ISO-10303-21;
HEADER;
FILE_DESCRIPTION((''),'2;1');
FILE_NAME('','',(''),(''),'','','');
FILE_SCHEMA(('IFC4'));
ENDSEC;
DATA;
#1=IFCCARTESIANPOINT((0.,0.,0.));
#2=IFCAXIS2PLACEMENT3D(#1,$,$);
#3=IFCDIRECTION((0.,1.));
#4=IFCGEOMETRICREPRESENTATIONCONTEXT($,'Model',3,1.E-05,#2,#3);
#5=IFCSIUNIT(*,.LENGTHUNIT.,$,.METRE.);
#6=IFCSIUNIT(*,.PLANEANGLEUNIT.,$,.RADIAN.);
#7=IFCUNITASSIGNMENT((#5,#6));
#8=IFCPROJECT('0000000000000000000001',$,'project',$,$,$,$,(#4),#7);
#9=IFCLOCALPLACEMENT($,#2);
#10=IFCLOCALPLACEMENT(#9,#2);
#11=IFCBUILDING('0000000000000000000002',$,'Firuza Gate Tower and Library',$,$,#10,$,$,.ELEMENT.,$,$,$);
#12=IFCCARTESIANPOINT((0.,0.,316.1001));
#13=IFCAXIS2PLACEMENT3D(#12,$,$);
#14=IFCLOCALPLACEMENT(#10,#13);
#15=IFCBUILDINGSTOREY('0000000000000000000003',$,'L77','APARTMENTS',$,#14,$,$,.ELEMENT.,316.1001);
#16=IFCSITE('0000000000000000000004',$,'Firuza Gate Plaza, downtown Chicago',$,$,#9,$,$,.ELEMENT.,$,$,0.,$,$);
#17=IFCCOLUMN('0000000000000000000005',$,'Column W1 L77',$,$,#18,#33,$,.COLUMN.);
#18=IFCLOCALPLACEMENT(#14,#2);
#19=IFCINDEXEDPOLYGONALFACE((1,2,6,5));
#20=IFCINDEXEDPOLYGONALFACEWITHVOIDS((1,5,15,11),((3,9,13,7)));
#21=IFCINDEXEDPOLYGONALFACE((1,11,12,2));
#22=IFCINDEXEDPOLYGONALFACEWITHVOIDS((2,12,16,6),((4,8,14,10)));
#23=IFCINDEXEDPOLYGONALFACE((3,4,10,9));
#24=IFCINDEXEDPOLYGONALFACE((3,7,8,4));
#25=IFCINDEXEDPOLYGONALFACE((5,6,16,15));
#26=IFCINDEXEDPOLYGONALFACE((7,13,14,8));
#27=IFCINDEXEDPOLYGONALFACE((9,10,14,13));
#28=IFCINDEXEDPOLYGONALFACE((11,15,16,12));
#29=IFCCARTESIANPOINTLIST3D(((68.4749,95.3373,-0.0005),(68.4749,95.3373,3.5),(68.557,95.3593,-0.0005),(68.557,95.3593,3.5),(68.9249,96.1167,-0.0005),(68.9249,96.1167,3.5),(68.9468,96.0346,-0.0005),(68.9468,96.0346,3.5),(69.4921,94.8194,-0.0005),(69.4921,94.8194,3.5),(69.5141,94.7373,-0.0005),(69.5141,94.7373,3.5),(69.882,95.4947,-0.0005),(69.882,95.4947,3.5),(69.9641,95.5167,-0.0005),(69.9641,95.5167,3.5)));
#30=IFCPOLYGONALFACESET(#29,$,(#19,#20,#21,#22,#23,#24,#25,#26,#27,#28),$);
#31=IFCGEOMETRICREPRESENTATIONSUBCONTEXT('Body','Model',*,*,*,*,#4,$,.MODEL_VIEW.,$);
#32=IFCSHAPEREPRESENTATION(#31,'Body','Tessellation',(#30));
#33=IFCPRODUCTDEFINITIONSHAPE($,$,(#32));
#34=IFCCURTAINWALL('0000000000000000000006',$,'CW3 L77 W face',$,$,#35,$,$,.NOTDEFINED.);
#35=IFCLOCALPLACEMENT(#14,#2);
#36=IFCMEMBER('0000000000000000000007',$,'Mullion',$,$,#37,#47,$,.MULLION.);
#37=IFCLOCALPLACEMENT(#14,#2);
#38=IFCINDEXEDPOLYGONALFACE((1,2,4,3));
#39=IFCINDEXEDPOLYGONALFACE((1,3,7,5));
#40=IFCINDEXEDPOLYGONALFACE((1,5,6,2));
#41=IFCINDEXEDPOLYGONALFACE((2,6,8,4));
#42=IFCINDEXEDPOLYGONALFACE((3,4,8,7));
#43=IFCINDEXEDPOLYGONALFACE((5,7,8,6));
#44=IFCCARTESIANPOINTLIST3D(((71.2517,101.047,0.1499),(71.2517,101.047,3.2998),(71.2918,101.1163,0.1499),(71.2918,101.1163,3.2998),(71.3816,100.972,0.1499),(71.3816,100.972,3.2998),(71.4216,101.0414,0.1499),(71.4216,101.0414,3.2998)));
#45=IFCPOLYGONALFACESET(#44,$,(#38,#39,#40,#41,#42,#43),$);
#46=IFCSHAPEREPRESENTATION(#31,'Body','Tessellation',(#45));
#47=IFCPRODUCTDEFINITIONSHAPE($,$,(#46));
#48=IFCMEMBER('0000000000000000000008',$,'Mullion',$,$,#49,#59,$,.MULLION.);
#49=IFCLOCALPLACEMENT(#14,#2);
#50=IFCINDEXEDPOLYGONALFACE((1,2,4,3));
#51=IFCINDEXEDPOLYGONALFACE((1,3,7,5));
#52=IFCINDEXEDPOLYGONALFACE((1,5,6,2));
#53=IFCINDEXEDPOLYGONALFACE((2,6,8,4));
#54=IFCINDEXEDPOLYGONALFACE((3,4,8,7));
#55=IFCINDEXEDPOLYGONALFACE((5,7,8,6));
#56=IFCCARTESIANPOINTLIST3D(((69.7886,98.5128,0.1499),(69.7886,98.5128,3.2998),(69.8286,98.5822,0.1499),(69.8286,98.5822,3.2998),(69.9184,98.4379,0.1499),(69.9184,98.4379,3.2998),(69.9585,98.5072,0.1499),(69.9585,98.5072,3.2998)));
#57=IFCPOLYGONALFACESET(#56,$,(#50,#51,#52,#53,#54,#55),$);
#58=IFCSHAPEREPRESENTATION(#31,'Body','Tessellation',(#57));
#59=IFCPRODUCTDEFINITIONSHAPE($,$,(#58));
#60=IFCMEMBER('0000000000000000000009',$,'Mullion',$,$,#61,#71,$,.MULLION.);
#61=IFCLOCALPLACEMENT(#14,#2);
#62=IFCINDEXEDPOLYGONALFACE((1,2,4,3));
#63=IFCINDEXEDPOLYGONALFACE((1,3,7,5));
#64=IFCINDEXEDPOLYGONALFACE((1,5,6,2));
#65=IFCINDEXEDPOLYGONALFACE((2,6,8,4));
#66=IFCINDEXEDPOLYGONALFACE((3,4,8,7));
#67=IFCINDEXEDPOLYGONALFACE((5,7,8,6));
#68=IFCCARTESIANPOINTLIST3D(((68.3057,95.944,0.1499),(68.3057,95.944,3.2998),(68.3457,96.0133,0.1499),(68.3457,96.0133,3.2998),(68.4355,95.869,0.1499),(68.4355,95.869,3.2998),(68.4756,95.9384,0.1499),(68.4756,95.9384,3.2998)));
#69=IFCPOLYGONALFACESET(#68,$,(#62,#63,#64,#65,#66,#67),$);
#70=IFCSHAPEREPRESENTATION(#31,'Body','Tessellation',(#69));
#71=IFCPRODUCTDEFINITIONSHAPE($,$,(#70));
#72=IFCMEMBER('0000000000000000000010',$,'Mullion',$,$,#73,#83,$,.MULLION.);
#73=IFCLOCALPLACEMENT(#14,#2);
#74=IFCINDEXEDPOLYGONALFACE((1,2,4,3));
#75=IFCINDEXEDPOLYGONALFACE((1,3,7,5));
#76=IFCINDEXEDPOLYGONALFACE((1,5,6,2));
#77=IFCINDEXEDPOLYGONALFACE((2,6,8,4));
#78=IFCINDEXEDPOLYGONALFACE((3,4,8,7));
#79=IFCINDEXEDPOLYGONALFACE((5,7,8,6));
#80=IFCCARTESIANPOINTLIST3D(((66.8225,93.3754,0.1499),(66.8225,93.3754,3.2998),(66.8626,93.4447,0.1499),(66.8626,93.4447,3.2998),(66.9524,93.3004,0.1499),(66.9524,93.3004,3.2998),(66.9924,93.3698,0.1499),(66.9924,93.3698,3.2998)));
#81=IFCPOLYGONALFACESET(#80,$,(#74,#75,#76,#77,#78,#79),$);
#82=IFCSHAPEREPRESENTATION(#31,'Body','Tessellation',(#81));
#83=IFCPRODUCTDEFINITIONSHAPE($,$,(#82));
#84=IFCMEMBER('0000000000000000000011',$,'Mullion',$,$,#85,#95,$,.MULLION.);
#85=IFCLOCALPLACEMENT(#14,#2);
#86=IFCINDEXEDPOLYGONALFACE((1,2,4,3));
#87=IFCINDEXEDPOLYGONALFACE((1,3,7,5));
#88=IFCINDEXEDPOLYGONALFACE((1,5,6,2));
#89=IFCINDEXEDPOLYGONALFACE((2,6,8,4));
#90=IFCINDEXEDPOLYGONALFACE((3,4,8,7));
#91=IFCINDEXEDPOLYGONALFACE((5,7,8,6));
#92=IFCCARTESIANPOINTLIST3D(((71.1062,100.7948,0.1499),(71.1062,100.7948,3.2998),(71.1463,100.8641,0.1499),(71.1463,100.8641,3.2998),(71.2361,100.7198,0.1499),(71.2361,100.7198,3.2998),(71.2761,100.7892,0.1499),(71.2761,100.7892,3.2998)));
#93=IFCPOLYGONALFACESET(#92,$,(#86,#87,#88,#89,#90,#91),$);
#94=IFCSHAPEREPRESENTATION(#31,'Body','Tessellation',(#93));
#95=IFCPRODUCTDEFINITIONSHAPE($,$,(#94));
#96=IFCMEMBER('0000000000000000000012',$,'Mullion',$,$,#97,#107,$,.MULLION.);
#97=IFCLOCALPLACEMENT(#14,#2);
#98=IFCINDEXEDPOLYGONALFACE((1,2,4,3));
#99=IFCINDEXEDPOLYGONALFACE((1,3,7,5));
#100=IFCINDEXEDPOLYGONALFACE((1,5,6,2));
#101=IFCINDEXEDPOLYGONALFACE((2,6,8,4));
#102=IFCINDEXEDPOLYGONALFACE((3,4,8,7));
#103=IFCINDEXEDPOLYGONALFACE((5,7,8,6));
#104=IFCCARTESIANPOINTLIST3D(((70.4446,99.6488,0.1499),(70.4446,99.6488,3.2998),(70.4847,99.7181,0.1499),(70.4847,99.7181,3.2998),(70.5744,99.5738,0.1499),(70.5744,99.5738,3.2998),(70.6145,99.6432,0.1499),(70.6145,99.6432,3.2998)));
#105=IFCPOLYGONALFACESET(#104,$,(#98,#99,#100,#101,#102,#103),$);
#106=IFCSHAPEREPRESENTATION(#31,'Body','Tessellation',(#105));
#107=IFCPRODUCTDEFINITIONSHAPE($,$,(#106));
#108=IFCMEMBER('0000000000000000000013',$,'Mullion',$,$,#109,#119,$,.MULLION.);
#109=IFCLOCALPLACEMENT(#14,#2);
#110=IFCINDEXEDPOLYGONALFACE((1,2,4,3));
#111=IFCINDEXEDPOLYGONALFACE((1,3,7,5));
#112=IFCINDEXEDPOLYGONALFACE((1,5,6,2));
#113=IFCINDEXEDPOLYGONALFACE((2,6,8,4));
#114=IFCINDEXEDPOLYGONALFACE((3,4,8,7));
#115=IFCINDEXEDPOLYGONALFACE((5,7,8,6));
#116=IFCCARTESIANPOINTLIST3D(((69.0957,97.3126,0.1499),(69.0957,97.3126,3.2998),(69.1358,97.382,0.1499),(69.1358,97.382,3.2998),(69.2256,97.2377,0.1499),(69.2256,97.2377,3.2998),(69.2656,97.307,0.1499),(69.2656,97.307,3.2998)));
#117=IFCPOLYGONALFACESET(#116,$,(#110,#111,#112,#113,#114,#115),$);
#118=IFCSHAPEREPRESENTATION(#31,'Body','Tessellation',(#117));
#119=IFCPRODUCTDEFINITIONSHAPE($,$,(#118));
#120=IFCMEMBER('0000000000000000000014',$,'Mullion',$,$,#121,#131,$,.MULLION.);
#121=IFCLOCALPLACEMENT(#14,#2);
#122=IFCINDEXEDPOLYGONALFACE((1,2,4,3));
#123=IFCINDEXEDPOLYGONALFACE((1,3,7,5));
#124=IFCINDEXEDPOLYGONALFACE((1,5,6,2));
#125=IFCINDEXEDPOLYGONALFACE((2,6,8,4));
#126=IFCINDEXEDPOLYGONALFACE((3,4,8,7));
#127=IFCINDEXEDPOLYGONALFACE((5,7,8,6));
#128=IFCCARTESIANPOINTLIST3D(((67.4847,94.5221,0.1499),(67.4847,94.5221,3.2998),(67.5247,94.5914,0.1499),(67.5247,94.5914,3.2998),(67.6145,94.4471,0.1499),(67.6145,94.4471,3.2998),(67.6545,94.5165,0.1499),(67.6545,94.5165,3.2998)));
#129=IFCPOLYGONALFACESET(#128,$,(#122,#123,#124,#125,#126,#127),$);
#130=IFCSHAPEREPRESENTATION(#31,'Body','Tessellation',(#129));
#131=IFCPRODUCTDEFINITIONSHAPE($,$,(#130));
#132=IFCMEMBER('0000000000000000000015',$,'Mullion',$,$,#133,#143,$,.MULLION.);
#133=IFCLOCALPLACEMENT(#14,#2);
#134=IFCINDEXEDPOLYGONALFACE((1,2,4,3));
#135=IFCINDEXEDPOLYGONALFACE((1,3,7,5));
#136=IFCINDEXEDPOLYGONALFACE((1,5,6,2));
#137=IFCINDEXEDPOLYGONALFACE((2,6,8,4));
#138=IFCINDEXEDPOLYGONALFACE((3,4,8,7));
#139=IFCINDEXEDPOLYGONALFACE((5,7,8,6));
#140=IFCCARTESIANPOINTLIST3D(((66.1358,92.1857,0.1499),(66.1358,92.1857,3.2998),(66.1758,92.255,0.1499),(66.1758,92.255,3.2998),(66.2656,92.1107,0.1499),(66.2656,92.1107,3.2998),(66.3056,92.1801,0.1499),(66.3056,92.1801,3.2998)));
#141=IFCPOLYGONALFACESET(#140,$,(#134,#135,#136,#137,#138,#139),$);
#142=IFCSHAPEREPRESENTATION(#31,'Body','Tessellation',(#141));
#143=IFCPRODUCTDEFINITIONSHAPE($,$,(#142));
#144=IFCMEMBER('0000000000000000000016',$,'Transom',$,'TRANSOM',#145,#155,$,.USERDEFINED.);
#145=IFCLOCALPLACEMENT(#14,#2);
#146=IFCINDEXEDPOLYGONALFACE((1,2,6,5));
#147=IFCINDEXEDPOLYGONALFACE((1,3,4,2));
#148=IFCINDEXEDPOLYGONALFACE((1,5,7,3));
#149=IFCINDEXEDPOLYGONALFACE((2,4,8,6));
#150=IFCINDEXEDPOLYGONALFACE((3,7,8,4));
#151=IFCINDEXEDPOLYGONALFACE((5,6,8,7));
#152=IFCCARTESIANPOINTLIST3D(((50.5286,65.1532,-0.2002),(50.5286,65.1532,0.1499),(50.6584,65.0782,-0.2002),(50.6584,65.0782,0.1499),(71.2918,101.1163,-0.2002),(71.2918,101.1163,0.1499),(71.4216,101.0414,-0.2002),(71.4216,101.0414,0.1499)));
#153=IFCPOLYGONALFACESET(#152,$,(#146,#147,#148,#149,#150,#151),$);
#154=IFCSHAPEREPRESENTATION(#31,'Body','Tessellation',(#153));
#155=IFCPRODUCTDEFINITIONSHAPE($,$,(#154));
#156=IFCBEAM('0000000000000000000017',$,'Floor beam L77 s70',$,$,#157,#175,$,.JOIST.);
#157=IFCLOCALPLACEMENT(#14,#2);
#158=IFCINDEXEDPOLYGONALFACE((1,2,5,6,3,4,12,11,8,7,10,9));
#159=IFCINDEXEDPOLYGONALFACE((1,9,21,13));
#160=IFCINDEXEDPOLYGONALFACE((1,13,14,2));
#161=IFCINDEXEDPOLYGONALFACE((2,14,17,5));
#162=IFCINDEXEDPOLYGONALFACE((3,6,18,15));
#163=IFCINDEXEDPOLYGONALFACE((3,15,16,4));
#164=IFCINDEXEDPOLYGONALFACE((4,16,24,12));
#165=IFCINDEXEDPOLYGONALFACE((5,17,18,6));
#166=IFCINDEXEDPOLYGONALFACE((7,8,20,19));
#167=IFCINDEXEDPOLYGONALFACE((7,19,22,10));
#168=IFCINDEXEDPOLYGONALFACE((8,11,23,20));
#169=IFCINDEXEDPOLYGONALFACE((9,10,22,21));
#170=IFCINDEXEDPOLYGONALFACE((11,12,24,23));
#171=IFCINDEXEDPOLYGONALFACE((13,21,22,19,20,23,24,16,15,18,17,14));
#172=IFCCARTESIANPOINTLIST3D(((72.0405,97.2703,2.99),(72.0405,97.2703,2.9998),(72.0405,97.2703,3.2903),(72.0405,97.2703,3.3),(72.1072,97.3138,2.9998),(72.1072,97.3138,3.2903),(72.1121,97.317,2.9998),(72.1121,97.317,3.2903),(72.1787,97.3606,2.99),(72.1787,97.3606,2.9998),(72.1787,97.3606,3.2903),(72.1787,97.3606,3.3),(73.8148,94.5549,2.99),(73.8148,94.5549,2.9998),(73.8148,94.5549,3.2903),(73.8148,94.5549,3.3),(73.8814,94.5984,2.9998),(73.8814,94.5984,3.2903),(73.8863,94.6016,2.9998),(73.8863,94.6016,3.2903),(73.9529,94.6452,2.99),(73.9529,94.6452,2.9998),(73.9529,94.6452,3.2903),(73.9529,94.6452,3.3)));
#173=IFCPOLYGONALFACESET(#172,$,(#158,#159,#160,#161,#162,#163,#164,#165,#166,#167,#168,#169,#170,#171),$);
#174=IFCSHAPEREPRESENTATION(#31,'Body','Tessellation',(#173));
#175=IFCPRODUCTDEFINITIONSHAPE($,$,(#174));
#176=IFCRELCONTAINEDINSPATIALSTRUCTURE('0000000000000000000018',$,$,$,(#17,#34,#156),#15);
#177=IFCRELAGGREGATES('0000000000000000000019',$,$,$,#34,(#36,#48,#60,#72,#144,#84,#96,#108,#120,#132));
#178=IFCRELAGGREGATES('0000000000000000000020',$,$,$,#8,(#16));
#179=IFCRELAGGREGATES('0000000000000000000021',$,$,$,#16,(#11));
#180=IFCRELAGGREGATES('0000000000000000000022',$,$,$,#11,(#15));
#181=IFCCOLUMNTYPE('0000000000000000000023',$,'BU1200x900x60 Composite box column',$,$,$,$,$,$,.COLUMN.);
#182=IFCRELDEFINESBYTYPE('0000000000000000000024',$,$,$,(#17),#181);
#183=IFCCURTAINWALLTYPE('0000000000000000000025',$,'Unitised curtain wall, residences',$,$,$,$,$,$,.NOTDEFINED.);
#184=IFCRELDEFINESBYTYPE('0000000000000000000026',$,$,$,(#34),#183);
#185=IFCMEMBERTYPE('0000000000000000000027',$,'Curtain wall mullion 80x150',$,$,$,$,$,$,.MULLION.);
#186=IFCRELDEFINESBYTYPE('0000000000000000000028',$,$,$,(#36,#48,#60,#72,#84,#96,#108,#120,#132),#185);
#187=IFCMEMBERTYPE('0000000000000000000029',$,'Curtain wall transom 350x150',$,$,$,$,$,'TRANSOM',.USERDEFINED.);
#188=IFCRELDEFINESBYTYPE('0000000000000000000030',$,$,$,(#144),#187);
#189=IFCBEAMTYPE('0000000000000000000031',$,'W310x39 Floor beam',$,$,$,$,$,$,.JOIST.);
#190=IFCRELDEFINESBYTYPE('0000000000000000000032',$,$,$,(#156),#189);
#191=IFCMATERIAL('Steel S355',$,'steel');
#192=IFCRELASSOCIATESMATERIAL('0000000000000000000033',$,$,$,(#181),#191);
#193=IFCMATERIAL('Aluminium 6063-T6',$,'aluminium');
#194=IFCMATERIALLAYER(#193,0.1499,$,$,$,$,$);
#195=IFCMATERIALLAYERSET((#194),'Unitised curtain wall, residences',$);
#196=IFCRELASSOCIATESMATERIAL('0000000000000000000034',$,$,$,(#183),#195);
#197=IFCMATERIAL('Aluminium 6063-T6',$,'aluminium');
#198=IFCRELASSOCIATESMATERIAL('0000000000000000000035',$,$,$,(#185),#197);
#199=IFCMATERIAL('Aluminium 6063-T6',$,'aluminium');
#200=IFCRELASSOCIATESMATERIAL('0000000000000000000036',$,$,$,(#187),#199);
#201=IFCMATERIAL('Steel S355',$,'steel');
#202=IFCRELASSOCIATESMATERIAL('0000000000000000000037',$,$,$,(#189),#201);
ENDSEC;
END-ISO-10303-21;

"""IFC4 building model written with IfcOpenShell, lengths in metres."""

from ifc_helpers import new_model, si_unit, direction, frame, origin, origin_2d, place, context, subcontext, project, spatial, rectangle, hollow_rectangle, i_section, extrude, material, layer, layer_set, material_profile, profile_set, type_object, element, aggregate, save


model = new_model("IFC4")

# Units and contexts
model_context = context("Model", 3, precision=1e-05, world=origin(), true_north=direction((0.0, 1.0)))
body_context = subcontext(model_context, "Body", "Model", "MODEL_VIEW")
ifc_project = project(units=[si_unit("LENGTHUNIT", "METRE"), si_unit("PLANEANGLEUNIT", "RADIAN")], contexts=[model_context])

# Site, building, storey
site_placement = place(None, origin())
site = spatial("IfcSite", under=ifc_project, at=site_placement, Name="Firuza Gate Plaza, downtown Chicago", CompositionType="ELEMENT", RefElevation=0.0)
building_placement = place(site_placement, origin())
building = spatial("IfcBuilding", under=site, at=building_placement, Name="Firuza Gate Tower and Library", CompositionType="ELEMENT")
storey_placement = place(building_placement, frame((0.0, 0.0, 316.1001)))
storey = spatial("IfcBuildingStorey", under=building, at=storey_placement, Name="L77", Description="APARTMENTS", CompositionType="ELEMENT", Elevation=316.1001)

# Column
ifc_material_1 = material(Name="Steel S355", Category="steel")
ifc_material_profile_1 = material_profile(ifc_material_1, hollow_rectangle(XDim=0.8999, YDim=1.2, WallThickness=0.0601, at=origin_2d()))
ifc_profile_set_1 = profile_set([ifc_material_profile_1], Name="Steel S355")
column_type = type_object("IfcColumnType", Name="BU1200x900x60 Composite box column", PredefinedType="COLUMN", material=ifc_profile_set_1)
column_placement = place(storey_placement, frame((69.2195, 95.427, -0.0005), z_axis=(0.0, 0.0, 1.0), x_axis=(-0.5, -0.866025, 0.0)))
element("IfcColumn", 1, at=column_placement, inside=storey, type_object=column_type, Name="Column W1 L77", PredefinedType="COLUMN", context=body_context, shape_type="SweptSolid", body=[
    extrude(hollow_rectangle(XDim=0.8999, YDim=1.2, WallThickness=0.0601, at=origin_2d()), origin(), (0.0, 0.0, 1.0), 3.5005),
])

# Curtain wall, members
ifc_material_2 = material(Name="Aluminium 6063-T6", Category="aluminium")
ifc_layer_1 = layer(ifc_material_2, 0.1499)
ifc_layer_set_1 = layer_set([ifc_layer_1], Name="Unitised curtain wall, residences")
curtain_wall_type = type_object("IfcCurtainWallType", Name="Unitised curtain wall, residences", PredefinedType="NOTDEFINED", material=ifc_layer_set_1)
curtain_wall_placement = place(storey_placement, origin())
curtain_wall = element("IfcCurtainWall", 2, at=curtain_wall_placement, inside=storey, type_object=curtain_wall_type, Name="CW3 L77 W face", PredefinedType="NOTDEFINED")
ifc_material_3 = material(Name="Aluminium 6063-T6", Category="aluminium")
ifc_material_profile_2 = material_profile(ifc_material_3, rectangle(XDim=0.1499, YDim=0.0801, at=origin_2d()))
ifc_profile_set_2 = profile_set([ifc_material_profile_2], Name="Aluminium 6063-T6")
member_type_1 = type_object("IfcMemberType", Name="Curtain wall mullion 80x150", PredefinedType="MULLION", material=ifc_profile_set_2)
member_1_placement = place(storey_placement, frame((71.3367, 101.0442, 0.1499), z_axis=(0.0, 0.0, 1.0), x_axis=(0.866025, -0.5, 0.0)))
member_1 = element("IfcMember", 3, at=member_1_placement, type_object=member_type_1, Name="Mullion", PredefinedType="MULLION", context=body_context, shape_type="SweptSolid", body=[
    extrude(rectangle(XDim=0.1499, YDim=0.0801, at=origin_2d()), origin(), (0.0, 0.0, 1.0), 3.1499),
])
member_2_placement = place(storey_placement, frame((69.8735, 98.51, 0.1499), z_axis=(0.0, 0.0, 1.0), x_axis=(0.866025, -0.5, 0.0)))
member_2 = element("IfcMember", 4, at=member_2_placement, type_object=member_type_1, Name="Mullion", PredefinedType="MULLION", context=body_context, shape_type="SweptSolid", body=[
    extrude(rectangle(XDim=0.1499, YDim=0.0801, at=origin_2d()), origin(), (0.0, 0.0, 1.0), 3.1499),
])
member_3_placement = place(storey_placement, frame((68.3906, 95.9412, 0.1499), z_axis=(0.0, 0.0, 1.0), x_axis=(0.866025, -0.5, 0.0)))
member_3 = element("IfcMember", 5, at=member_3_placement, type_object=member_type_1, Name="Mullion", PredefinedType="MULLION", context=body_context, shape_type="SweptSolid", body=[
    extrude(rectangle(XDim=0.1499, YDim=0.0801, at=origin_2d()), origin(), (0.0, 0.0, 1.0), 3.1499),
])
member_4_placement = place(storey_placement, frame((66.9075, 93.3726, 0.1499), z_axis=(0.0, 0.0, 1.0), x_axis=(0.866025, -0.5, 0.0)))
member_4 = element("IfcMember", 6, at=member_4_placement, type_object=member_type_1, Name="Mullion", PredefinedType="MULLION", context=body_context, shape_type="SweptSolid", body=[
    extrude(rectangle(XDim=0.1499, YDim=0.0801, at=origin_2d()), origin(), (0.0, 0.0, 1.0), 3.1499),
])
member_5_placement = place(storey_placement, frame((71.1912, 100.792, 0.1499), z_axis=(0.0, 0.0, 1.0), x_axis=(0.866025, -0.5, 0.0)))
member_5 = element("IfcMember", 7, at=member_5_placement, type_object=member_type_1, Name="Mullion", PredefinedType="MULLION", context=body_context, shape_type="SweptSolid", body=[
    extrude(rectangle(XDim=0.1499, YDim=0.0801, at=origin_2d()), origin(), (0.0, 0.0, 1.0), 3.1499),
])
member_6_placement = place(storey_placement, frame((70.5295, 99.646, 0.1499), z_axis=(0.0, 0.0, 1.0), x_axis=(0.866025, -0.5, 0.0)))
member_6 = element("IfcMember", 8, at=member_6_placement, type_object=member_type_1, Name="Mullion", PredefinedType="MULLION", context=body_context, shape_type="SweptSolid", body=[
    extrude(rectangle(XDim=0.1499, YDim=0.0801, at=origin_2d()), origin(), (0.0, 0.0, 1.0), 3.1499),
])
member_7_placement = place(storey_placement, frame((69.1807, 97.3098, 0.1499), z_axis=(0.0, 0.0, 1.0), x_axis=(0.866025, -0.5, 0.0)))
member_7 = element("IfcMember", 9, at=member_7_placement, type_object=member_type_1, Name="Mullion", PredefinedType="MULLION", context=body_context, shape_type="SweptSolid", body=[
    extrude(rectangle(XDim=0.1499, YDim=0.0801, at=origin_2d()), origin(), (0.0, 0.0, 1.0), 3.1499),
])
member_8_placement = place(storey_placement, frame((67.5696, 94.5193, 0.1499), z_axis=(0.0, 0.0, 1.0), x_axis=(0.866025, -0.5, 0.0)))
member_8 = element("IfcMember", 10, at=member_8_placement, type_object=member_type_1, Name="Mullion", PredefinedType="MULLION", context=body_context, shape_type="SweptSolid", body=[
    extrude(rectangle(XDim=0.1499, YDim=0.0801, at=origin_2d()), origin(), (0.0, 0.0, 1.0), 3.1499),
])
member_9_placement = place(storey_placement, frame((66.2207, 92.1829, 0.1499), z_axis=(0.0, 0.0, 1.0), x_axis=(0.866025, -0.5, 0.0)))
member_9 = element("IfcMember", 11, at=member_9_placement, type_object=member_type_1, Name="Mullion", PredefinedType="MULLION", context=body_context, shape_type="SweptSolid", body=[
    extrude(rectangle(XDim=0.1499, YDim=0.0801, at=origin_2d()), origin(), (0.0, 0.0, 1.0), 3.1499),
])
ifc_material_4 = material(Name="Aluminium 6063-T6", Category="aluminium")
ifc_material_profile_3 = material_profile(ifc_material_4, rectangle(XDim=0.1499, YDim=0.3501, at=origin_2d()))
ifc_profile_set_3 = profile_set([ifc_material_profile_3], Name="Aluminium 6063-T6")
member_type_2 = type_object("IfcMemberType", Name="Curtain wall transom 350x150", ElementType="TRANSOM", PredefinedType="USERDEFINED", material=ifc_profile_set_3)
member_10_placement = place(storey_placement, frame((71.3567, 101.0789, -0.0251), z_axis=(-0.499997, -0.866027, 0.0), x_axis=(0.866027, -0.499997, 0.0)))
member_10 = element("IfcMember", 12, at=member_10_placement, type_object=member_type_2, Name="Transom", ObjectType="TRANSOM", PredefinedType="USERDEFINED", context=body_context, shape_type="SweptSolid", body=[
    extrude(rectangle(XDim=0.1499, YDim=0.3501, at=origin_2d()), origin(), (0.0, 0.0, 1.0), 41.5266),
])

# Beam
ifc_material_5 = material(Name="Steel S355", Category="steel")
ifc_material_profile_4 = material_profile(ifc_material_5, i_section(OverallWidth=0.165, OverallDepth=0.3101, WebThickness=0.0059, FlangeThickness=0.0098, at=origin_2d()))
ifc_profile_set_4 = profile_set([ifc_material_profile_4], Name="Steel S355")
beam_type_1 = type_object("IfcBeamType", Name="W310x39 Floor beam", PredefinedType="JOIST", material=ifc_profile_set_4)
beam_1_placement = place(storey_placement, frame((72.1096, 97.3154, 3.145), z_axis=(0.546982, -0.837145, 0.0), x_axis=(0.837145, 0.546982, 0.0)))
element("IfcBeam", 13, at=beam_1_placement, inside=storey, type_object=beam_type_1, Name="Floor beam L77 s70", PredefinedType="JOIST", context=body_context, shape_type="SweptSolid", body=[
    extrude(i_section(OverallWidth=0.165, OverallDepth=0.3101, WebThickness=0.0059, FlangeThickness=0.0098, at=origin_2d()), origin(), (0.0, 0.0, 1.0), 3.2437),
])

aggregate(curtain_wall, [member_1, member_2, member_3, member_4, member_10, member_5, member_6, member_7, member_8, member_9])

save(model, "model.ifc")
